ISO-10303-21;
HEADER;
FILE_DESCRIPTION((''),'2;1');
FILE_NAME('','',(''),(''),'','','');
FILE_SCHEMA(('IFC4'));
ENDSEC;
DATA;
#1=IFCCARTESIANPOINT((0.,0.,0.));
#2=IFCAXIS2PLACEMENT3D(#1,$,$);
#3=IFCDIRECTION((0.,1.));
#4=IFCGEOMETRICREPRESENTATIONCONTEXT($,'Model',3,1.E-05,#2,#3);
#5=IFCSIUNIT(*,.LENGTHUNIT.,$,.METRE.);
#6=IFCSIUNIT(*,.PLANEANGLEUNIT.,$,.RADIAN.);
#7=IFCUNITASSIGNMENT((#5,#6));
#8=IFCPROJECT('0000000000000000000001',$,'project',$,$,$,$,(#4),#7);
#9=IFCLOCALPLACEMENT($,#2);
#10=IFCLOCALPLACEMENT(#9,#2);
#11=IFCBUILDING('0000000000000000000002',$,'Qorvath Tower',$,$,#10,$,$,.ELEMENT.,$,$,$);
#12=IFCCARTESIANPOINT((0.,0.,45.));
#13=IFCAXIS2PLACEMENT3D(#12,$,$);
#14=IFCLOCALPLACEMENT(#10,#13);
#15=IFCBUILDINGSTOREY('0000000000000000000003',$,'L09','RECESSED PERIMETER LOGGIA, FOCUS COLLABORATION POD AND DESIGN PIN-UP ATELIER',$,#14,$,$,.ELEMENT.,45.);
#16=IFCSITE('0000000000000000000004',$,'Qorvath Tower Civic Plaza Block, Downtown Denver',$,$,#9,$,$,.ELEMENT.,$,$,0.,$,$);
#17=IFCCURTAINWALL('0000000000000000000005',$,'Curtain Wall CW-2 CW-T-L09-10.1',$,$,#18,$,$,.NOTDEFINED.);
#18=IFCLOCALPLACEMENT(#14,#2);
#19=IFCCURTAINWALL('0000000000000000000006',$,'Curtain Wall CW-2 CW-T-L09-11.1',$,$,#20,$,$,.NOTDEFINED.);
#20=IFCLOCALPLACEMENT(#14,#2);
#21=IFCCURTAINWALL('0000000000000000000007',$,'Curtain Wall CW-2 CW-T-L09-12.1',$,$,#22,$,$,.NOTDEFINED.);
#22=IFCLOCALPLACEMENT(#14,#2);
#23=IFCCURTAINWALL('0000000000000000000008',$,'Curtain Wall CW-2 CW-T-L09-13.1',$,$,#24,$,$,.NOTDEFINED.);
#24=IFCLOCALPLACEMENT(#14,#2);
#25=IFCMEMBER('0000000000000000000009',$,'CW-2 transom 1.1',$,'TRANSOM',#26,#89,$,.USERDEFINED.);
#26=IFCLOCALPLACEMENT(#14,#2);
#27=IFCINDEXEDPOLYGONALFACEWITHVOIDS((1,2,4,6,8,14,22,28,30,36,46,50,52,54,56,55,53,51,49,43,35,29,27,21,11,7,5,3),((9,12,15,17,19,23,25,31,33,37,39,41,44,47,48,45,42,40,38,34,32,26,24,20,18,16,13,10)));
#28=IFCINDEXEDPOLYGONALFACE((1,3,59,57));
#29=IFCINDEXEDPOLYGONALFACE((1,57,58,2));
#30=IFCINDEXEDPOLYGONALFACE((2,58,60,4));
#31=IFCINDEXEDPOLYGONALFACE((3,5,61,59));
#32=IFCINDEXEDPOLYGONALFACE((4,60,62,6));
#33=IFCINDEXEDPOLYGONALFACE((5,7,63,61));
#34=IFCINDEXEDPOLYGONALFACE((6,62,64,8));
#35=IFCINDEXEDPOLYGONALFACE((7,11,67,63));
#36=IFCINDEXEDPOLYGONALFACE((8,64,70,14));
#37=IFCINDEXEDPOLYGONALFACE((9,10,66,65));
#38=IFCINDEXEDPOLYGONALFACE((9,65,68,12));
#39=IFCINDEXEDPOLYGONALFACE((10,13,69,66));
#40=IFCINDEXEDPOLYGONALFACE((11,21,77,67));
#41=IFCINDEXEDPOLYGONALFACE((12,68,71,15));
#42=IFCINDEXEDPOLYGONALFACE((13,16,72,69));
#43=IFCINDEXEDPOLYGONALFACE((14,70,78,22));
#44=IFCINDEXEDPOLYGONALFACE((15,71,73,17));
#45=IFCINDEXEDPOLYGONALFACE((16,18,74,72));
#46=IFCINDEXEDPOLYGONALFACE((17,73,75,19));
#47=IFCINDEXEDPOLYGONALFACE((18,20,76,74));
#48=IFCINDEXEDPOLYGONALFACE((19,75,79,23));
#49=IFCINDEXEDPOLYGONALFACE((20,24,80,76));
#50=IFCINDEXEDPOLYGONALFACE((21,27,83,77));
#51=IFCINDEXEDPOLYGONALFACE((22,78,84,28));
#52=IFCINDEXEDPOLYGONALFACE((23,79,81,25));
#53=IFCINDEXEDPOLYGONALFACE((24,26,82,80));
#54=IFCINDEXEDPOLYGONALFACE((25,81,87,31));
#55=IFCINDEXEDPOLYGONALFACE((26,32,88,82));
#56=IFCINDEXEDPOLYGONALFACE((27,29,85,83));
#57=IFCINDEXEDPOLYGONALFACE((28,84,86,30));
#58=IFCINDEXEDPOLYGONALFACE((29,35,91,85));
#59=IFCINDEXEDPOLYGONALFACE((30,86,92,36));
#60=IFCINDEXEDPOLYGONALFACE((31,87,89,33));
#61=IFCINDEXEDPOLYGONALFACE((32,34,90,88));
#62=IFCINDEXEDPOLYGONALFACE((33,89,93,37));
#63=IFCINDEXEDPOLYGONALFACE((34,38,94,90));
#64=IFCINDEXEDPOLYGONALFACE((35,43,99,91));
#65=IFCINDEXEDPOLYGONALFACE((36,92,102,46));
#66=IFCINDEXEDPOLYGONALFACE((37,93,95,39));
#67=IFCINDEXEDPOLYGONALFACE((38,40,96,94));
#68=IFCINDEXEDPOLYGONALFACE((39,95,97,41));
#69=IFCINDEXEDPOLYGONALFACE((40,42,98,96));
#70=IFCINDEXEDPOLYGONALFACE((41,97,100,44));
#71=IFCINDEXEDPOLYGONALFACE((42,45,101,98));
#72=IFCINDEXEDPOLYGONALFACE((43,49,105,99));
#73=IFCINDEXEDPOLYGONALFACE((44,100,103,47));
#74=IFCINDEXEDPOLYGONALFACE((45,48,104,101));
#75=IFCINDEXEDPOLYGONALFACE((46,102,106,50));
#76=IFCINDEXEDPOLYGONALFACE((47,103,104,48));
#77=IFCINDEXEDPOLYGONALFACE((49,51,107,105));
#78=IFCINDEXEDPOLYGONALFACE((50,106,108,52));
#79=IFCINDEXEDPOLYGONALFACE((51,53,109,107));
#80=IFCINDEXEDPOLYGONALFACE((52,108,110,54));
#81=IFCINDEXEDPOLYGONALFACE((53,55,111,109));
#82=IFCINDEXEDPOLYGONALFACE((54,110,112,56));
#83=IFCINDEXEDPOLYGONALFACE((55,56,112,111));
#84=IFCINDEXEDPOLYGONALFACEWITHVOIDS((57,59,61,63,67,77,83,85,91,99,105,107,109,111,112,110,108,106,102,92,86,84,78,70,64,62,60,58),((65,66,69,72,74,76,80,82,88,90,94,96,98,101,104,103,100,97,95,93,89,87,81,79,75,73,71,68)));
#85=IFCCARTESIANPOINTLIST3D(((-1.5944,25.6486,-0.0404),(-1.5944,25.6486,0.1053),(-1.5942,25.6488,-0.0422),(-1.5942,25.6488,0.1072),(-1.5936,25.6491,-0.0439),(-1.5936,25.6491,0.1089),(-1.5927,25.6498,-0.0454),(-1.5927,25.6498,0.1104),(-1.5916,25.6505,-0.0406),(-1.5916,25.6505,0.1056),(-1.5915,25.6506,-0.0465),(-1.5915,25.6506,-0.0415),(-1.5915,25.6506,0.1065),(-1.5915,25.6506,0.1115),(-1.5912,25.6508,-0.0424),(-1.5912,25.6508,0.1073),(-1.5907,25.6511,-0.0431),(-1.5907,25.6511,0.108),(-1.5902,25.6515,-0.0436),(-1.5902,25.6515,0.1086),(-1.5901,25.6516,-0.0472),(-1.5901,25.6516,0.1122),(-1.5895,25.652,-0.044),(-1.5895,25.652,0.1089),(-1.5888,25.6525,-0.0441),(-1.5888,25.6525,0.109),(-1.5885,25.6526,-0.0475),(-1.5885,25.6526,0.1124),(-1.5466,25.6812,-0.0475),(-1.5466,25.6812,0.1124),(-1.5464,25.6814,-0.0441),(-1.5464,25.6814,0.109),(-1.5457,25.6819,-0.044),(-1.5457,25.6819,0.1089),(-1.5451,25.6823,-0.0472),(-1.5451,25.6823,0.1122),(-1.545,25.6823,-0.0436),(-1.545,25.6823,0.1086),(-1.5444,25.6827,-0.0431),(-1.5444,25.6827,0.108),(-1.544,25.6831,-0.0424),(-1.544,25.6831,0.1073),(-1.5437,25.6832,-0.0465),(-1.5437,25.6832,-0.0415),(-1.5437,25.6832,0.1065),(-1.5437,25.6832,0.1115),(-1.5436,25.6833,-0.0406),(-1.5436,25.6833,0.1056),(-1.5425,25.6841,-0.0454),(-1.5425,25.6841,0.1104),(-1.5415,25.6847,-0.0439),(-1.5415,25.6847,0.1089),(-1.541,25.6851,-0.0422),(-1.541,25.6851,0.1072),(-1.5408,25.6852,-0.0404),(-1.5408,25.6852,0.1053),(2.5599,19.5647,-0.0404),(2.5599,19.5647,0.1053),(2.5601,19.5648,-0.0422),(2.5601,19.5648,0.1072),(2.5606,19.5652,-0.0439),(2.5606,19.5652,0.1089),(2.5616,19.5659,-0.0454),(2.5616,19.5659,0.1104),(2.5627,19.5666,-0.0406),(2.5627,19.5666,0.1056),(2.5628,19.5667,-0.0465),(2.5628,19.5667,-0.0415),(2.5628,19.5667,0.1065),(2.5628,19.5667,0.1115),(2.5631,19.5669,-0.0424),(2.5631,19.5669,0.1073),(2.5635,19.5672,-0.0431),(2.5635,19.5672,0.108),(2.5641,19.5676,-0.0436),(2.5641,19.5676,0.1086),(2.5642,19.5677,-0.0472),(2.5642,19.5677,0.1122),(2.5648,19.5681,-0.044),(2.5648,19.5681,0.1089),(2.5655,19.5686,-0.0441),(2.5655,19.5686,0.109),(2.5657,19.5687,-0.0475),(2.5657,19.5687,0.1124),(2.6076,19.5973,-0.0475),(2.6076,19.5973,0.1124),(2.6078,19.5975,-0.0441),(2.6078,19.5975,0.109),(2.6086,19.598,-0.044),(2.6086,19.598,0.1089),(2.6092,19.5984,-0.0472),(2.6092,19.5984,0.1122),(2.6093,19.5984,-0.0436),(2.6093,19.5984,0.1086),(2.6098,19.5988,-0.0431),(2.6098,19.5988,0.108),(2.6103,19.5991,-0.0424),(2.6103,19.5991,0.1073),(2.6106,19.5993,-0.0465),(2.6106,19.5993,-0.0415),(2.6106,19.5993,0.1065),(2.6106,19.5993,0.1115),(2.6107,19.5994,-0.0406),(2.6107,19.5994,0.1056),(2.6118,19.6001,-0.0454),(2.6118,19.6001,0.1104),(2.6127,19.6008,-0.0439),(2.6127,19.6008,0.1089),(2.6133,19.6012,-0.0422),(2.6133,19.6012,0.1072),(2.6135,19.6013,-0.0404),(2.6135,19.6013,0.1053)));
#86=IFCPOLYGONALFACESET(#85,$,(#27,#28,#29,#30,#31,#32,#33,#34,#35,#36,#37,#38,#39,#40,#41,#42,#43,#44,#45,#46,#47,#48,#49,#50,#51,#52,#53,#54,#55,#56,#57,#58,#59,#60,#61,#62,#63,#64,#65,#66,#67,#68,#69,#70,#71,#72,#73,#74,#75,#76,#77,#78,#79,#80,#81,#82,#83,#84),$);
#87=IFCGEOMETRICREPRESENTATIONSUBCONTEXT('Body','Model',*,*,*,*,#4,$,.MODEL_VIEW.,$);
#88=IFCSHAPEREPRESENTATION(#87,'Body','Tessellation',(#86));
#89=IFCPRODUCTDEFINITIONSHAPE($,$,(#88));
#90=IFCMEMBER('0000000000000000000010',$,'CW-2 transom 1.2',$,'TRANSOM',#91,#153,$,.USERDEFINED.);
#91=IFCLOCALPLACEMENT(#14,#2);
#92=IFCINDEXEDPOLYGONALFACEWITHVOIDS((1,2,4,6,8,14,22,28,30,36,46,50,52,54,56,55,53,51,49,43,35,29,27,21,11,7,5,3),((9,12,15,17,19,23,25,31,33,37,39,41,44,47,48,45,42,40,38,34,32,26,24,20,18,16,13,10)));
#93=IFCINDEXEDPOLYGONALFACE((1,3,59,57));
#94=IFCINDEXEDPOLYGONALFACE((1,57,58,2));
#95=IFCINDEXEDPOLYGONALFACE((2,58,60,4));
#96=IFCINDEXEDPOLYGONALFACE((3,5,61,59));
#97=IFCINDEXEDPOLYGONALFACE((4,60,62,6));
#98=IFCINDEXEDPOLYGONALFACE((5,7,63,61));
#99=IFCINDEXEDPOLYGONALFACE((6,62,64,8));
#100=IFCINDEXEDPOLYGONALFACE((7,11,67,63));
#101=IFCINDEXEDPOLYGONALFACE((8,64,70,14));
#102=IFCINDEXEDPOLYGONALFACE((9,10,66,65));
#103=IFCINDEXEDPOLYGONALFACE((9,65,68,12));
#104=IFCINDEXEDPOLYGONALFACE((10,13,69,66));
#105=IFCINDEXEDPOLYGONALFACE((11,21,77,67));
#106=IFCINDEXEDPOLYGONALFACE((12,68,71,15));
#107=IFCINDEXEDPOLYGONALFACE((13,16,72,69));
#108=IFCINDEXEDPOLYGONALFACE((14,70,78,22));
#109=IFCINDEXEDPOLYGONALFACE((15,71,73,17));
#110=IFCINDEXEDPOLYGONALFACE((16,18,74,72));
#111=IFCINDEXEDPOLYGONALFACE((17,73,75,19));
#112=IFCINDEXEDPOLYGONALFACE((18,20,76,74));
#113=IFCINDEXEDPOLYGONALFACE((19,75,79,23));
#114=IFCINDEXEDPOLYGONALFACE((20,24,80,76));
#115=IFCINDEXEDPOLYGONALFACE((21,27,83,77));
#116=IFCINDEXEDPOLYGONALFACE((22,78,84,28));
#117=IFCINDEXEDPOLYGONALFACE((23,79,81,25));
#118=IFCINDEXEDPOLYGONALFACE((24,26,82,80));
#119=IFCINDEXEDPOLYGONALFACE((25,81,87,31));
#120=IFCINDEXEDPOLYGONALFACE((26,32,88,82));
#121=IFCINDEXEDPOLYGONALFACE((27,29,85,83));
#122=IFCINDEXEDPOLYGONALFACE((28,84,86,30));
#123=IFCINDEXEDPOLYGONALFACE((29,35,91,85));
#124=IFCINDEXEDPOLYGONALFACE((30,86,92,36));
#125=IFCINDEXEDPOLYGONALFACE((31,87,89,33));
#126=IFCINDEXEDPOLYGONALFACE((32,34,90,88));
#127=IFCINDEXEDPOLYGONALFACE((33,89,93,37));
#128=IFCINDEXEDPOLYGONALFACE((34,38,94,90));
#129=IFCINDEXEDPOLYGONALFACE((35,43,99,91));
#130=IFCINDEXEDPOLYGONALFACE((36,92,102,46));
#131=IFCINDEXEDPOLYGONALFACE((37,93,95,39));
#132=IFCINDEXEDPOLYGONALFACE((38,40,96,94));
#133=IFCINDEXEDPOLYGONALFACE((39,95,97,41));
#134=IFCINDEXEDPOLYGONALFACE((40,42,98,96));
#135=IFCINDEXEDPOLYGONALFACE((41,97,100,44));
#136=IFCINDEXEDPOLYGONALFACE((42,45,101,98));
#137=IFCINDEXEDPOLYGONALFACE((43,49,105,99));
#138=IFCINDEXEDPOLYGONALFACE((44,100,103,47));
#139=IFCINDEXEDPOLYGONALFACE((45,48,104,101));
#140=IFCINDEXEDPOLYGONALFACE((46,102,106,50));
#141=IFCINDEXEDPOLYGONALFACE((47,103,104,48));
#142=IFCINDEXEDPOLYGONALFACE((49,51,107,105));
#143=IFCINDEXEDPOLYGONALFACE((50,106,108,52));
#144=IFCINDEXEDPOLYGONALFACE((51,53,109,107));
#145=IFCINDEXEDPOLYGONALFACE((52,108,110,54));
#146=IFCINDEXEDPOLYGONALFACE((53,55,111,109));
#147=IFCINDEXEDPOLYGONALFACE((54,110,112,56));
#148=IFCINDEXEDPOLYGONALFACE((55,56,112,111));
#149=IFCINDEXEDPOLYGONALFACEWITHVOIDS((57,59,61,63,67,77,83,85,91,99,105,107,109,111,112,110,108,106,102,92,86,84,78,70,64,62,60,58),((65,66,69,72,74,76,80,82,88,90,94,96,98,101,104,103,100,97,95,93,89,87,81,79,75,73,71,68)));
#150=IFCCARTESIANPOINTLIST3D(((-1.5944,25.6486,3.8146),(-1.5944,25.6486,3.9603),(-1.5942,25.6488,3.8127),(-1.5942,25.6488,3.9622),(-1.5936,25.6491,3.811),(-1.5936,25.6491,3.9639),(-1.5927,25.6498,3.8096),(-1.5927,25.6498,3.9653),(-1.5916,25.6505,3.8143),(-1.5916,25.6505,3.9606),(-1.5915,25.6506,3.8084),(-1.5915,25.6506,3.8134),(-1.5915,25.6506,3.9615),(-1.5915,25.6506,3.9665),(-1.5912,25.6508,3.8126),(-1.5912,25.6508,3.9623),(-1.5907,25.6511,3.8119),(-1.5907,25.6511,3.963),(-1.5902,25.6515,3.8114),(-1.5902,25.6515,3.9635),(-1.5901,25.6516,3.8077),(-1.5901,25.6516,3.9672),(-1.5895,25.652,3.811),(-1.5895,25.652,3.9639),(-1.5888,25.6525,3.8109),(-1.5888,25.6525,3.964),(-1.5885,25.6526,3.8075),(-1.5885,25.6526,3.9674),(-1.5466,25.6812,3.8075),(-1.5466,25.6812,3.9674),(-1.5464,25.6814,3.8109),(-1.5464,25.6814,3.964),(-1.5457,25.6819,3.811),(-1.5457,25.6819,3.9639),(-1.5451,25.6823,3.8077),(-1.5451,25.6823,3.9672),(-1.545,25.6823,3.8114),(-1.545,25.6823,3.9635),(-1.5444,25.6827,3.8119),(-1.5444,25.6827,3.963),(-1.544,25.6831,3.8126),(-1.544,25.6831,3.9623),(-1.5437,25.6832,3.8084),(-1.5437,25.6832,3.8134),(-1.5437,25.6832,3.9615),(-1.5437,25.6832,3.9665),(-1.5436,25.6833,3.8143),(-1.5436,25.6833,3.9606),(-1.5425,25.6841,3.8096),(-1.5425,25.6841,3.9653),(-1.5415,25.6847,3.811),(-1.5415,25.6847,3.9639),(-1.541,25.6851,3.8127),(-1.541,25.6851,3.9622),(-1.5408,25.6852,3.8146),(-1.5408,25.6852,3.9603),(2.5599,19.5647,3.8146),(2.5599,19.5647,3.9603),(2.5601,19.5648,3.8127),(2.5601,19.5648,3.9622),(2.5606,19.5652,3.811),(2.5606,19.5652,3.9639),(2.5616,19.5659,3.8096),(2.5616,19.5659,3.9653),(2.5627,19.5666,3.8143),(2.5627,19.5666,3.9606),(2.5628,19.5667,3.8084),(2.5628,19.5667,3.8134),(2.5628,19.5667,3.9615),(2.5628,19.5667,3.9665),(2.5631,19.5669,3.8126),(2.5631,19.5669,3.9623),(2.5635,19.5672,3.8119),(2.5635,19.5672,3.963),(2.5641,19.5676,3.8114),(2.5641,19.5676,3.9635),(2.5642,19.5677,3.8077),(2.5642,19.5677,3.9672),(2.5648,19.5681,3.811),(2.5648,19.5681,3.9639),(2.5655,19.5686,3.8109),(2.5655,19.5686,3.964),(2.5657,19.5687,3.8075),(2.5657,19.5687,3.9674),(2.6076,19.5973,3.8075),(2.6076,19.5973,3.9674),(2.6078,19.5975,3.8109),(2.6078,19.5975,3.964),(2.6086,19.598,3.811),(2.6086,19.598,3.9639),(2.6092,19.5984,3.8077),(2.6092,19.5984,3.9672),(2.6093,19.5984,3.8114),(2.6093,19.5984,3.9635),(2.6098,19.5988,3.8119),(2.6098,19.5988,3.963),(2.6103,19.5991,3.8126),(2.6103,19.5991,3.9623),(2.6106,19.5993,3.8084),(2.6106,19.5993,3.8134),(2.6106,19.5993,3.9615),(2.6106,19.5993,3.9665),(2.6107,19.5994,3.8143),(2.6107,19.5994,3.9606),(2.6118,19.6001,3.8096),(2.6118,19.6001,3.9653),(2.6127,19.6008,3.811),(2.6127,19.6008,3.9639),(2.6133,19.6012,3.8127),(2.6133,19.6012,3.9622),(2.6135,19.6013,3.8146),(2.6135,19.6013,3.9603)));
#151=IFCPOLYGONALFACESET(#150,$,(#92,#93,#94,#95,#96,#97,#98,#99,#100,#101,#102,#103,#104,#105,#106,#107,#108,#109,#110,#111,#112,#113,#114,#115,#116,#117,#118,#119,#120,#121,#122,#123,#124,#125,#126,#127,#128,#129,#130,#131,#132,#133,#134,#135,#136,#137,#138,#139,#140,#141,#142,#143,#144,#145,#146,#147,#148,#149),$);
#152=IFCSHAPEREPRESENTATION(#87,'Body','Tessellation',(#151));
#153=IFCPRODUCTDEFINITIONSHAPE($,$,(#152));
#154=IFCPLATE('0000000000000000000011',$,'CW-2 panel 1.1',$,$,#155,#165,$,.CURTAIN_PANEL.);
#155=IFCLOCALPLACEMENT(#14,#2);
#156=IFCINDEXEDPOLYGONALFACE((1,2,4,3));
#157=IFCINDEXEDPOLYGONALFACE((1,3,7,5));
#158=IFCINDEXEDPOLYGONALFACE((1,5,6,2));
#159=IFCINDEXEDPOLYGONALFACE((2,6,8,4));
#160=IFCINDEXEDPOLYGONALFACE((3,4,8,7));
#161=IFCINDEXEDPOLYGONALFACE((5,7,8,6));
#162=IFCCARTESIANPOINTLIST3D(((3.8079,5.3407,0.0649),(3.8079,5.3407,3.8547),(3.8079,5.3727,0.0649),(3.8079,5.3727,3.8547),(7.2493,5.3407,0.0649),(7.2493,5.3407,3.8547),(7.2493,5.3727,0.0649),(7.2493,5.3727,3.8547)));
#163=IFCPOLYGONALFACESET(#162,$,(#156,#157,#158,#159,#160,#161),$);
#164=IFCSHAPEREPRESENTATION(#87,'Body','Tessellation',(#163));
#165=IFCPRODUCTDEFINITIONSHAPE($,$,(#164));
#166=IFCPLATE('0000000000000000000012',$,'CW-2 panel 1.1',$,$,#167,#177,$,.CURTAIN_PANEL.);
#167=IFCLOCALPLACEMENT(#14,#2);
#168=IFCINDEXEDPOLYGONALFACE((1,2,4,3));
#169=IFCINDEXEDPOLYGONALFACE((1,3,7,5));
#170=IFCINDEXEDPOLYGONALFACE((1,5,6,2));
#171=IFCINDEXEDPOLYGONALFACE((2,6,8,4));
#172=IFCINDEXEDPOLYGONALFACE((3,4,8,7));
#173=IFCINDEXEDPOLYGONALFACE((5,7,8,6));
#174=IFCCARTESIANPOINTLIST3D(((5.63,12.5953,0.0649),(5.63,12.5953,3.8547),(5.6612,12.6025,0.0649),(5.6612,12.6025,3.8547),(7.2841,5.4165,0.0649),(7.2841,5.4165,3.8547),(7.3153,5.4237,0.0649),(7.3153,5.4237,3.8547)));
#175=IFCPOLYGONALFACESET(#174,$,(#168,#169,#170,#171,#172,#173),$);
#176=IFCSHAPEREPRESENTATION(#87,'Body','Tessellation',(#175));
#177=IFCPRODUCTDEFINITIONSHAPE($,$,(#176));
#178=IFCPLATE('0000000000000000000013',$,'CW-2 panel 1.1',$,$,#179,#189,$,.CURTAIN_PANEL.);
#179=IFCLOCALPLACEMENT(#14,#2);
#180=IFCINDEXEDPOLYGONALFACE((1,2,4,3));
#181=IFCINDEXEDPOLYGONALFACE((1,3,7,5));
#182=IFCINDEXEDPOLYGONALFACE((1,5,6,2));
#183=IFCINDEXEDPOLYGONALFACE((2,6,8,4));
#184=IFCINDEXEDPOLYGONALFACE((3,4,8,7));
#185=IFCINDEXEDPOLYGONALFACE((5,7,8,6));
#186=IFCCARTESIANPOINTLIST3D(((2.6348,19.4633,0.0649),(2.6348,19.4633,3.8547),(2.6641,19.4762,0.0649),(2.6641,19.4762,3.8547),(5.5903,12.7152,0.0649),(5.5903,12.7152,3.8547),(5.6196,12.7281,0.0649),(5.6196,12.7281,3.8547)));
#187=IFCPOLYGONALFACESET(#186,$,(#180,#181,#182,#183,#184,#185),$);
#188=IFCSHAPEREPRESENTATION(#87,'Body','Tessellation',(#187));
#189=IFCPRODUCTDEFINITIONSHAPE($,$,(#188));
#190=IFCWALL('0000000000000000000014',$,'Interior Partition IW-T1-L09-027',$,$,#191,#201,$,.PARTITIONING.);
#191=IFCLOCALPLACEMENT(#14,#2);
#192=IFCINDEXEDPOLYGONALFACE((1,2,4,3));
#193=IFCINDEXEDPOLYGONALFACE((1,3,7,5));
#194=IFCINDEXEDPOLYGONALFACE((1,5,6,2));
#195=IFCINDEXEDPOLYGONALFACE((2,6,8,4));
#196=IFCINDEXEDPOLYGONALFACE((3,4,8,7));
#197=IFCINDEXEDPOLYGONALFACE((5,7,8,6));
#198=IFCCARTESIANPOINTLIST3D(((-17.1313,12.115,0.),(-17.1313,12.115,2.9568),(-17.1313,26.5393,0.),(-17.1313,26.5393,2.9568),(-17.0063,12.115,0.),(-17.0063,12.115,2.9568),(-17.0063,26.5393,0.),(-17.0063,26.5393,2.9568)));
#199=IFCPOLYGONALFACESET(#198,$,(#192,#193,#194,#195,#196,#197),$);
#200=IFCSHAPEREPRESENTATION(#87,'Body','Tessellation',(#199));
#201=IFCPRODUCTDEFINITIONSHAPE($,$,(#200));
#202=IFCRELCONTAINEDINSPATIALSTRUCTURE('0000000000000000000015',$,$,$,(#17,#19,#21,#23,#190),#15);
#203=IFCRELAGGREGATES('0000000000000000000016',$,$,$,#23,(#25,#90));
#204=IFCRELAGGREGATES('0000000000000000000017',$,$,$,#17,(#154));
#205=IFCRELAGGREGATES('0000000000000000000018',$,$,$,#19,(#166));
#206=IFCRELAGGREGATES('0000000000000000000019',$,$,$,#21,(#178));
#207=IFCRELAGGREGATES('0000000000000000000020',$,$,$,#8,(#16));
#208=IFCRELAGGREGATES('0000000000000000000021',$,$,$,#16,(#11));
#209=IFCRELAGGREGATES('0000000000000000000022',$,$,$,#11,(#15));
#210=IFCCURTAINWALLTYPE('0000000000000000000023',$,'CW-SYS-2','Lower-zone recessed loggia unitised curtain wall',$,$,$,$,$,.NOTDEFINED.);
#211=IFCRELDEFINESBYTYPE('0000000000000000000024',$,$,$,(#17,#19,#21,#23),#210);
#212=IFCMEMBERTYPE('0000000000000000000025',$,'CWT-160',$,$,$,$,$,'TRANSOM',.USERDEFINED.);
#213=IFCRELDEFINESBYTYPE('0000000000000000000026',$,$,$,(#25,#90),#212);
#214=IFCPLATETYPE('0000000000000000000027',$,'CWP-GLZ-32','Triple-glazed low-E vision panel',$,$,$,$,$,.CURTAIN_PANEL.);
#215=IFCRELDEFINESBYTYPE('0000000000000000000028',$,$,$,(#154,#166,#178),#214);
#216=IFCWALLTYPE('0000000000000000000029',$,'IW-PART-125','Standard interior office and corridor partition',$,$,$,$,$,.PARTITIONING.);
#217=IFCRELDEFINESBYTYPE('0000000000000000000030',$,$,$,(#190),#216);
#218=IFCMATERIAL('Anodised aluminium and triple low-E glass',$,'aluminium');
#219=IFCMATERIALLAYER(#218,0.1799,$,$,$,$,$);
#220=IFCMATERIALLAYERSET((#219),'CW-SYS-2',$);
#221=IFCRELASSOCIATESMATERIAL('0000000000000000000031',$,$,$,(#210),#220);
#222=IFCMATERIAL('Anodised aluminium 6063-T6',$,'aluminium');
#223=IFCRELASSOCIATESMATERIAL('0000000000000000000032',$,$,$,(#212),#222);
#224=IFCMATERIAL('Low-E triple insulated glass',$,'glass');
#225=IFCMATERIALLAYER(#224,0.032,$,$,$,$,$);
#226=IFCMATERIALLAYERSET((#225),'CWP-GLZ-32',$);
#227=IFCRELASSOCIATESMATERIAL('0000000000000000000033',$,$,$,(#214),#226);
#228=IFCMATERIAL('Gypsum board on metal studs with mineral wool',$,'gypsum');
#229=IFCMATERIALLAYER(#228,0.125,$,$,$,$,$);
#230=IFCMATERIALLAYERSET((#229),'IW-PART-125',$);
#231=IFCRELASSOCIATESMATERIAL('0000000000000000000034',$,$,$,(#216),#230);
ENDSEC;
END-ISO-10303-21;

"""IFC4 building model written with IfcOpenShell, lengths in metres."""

from ifc_helpers import new_model, si_unit, direction, frame, frame_2d, origin, origin_2d, place, context, subcontext, project, spatial, rectangle, hollow_rectangle, extrude, material, layer, layer_set, material_profile, profile_set, type_object, element, aggregate, save


model = new_model("IFC4")

# Units and contexts
model_context = context("Model", 3, precision=1e-05, world=origin(), true_north=direction((0.0, 1.0)))
body_context = subcontext(model_context, "Body", "Model", "MODEL_VIEW")
ifc_project = project(units=[si_unit("LENGTHUNIT", "METRE"), si_unit("PLANEANGLEUNIT", "RADIAN")], contexts=[model_context])

# Site, building, storey
site_placement = place(None, origin())
site = spatial("IfcSite", under=ifc_project, at=site_placement, Name="Qorvath Tower Civic Plaza Block, Downtown Denver", CompositionType="ELEMENT", RefElevation=0.0)
building_placement = place(site_placement, origin())
building = spatial("IfcBuilding", under=site, at=building_placement, Name="Qorvath Tower", CompositionType="ELEMENT")
storey_placement = place(building_placement, frame((0.0, 0.0, 45.0)))
storey = spatial("IfcBuildingStorey", under=building, at=storey_placement, Name="L09", Description="RECESSED PERIMETER LOGGIA, FOCUS COLLABORATION POD AND DESIGN PIN-UP ATELIER", CompositionType="ELEMENT", Elevation=45.0)

# Curtain wall
ifc_material_1 = material(Name="Anodised aluminium and triple low-E glass", Category="aluminium")
ifc_layer_1 = layer(ifc_material_1, 0.1799)
ifc_layer_set_1 = layer_set([ifc_layer_1], Name="CW-SYS-2")
curtain_wall_type = type_object("IfcCurtainWallType", Name="CW-SYS-2", Description="Lower-zone recessed loggia unitised curtain wall", PredefinedType="NOTDEFINED", material=ifc_layer_set_1)
curtain_wall_1_placement = place(storey_placement, origin())
curtain_wall_1 = element("IfcCurtainWall", 1, at=curtain_wall_1_placement, inside=storey, type_object=curtain_wall_type, Name="Curtain Wall CW-2 CW-T-L09-10.1", PredefinedType="NOTDEFINED")

# Curtain walls
curtain_wall_2_placement = place(storey_placement, origin())
curtain_wall_2 = element("IfcCurtainWall", 2, at=curtain_wall_2_placement, inside=storey, type_object=curtain_wall_type, Name="Curtain Wall CW-2 CW-T-L09-11.1", PredefinedType="NOTDEFINED")
curtain_wall_3_placement = place(storey_placement, origin())
curtain_wall_3 = element("IfcCurtainWall", 3, at=curtain_wall_3_placement, inside=storey, type_object=curtain_wall_type, Name="Curtain Wall CW-2 CW-T-L09-12.1", PredefinedType="NOTDEFINED")

# Curtain wall
curtain_wall_4_placement = place(storey_placement, origin())
curtain_wall_4 = element("IfcCurtainWall", 4, at=curtain_wall_4_placement, inside=storey, type_object=curtain_wall_type, Name="Curtain Wall CW-2 CW-T-L09-13.1", PredefinedType="NOTDEFINED")

# Members
ifc_material_2 = material(Name="Anodised aluminium 6063-T6", Category="aluminium")
ifc_material_profile_1 = material_profile(ifc_material_2, hollow_rectangle(XDim=0.0649, YDim=0.1599, WallThickness=0.0034, InnerFilletRadius=0.0034, OuterFilletRadius=0.0071, at=origin_2d()), Name="CWT 160x65")
ifc_profile_set_1 = profile_set([ifc_material_profile_1], Name="Anodised aluminium 6063-T6")
member_type_1 = type_object("IfcMemberType", Name="CWT-160", ElementType="TRANSOM", PredefinedType="USERDEFINED", material=ifc_profile_set_1)
member_1_placement = place(storey_placement, frame((2.5867, 19.583, 0.0325), z_axis=(-0.563904, 0.82584, 0.0), x_axis=(-0.82584, -0.563904, 0.0)))
member_1 = element("IfcMember", 5, at=member_1_placement, type_object=member_type_1, Name="CW-2 transom 1.1", ObjectType="TRANSOM", PredefinedType="USERDEFINED", context=body_context, shape_type="SweptSolid", body=[
    extrude(hollow_rectangle(XDim=0.0649, YDim=0.1599, WallThickness=0.0034, InnerFilletRadius=0.0034, OuterFilletRadius=0.0071, at=origin_2d()), origin(), (0.0, 0.0, 1.0), 7.3669),
])
member_2_placement = place(storey_placement, frame((2.5867, 19.583, 3.8875), z_axis=(-0.563904, 0.82584, 0.0), x_axis=(-0.82584, -0.563904, 0.0)))
member_2 = element("IfcMember", 6, at=member_2_placement, type_object=member_type_1, Name="CW-2 transom 1.2", ObjectType="TRANSOM", PredefinedType="USERDEFINED", context=body_context, shape_type="SweptSolid", body=[
    extrude(hollow_rectangle(XDim=0.0649, YDim=0.1599, WallThickness=0.0034, InnerFilletRadius=0.0034, OuterFilletRadius=0.0071, at=origin_2d()), origin(), (0.0, 0.0, 1.0), 7.3669),
])
aggregate(curtain_wall_4, [member_1, member_2])

# Plates
ifc_material_3 = material(Name="Low-E triple insulated glass", Category="glass")
ifc_layer_2 = layer(ifc_material_3, 0.032)
ifc_layer_set_2 = layer_set([ifc_layer_2], Name="CWP-GLZ-32")
plate_type = type_object("IfcPlateType", Name="CWP-GLZ-32", Description="Triple-glazed low-E vision panel", PredefinedType="CURTAIN_PANEL", material=ifc_layer_set_2)
plate_1_placement = place(storey_placement, frame((5.5286, 5.3567, 0.0649), z_axis=(0.0, 0.0, 1.0), x_axis=(1.0, 0.0, 0.0)))
plate_1 = element("IfcPlate", 7, at=plate_1_placement, type_object=plate_type, Name="CW-2 panel 1.1", PredefinedType="CURTAIN_PANEL", context=body_context, shape_type="SweptSolid", body=[
    extrude(rectangle(XDim=3.4414, YDim=0.032, at=origin_2d()), origin(), (0.0, 0.0, 1.0), 3.7898),
])
aggregate(curtain_wall_1, [plate_1])
plate_2_placement = place(storey_placement, frame((6.4727, 9.0095, 0.0649), z_axis=(0.0, 0.0, 1.0), x_axis=(-0.224535, 0.974466, 0.0)))
plate_2 = element("IfcPlate", 8, at=plate_2_placement, type_object=plate_type, Name="CW-2 panel 1.1", PredefinedType="CURTAIN_PANEL", context=body_context, shape_type="SweptSolid", body=[
    extrude(rectangle(XDim=7.3669, YDim=0.032, at=origin_2d()), origin(), (0.0, 0.0, 1.0), 3.7898),
])
aggregate(curtain_wall_2, [plate_2])
plate_3_placement = place(storey_placement, frame((4.1272, 16.0957, 0.0649), z_axis=(0.0, 0.0, 1.0), x_axis=(-0.401177, 0.916001, 0.0)))
plate_3 = element("IfcPlate", 9, at=plate_3_placement, type_object=plate_type, Name="CW-2 panel 1.1", PredefinedType="CURTAIN_PANEL", context=body_context, shape_type="SweptSolid", body=[
    extrude(rectangle(XDim=7.3669, YDim=0.032, at=origin_2d()), origin(), (0.0, 0.0, 1.0), 3.7898),
])
aggregate(curtain_wall_3, [plate_3])

# Wall
ifc_material_4 = material(Name="Gypsum board on metal studs with mineral wool", Category="gypsum")
ifc_layer_3 = layer(ifc_material_4, 0.125)
ifc_layer_set_3 = layer_set([ifc_layer_3], Name="IW-PART-125")
wall_type_1 = type_object("IfcWallType", Name="IW-PART-125", Description="Standard interior office and corridor partition", PredefinedType="PARTITIONING", material=ifc_layer_set_3)
wall_1_placement = place(storey_placement, frame((-17.0688, 12.115, 0.0), z_axis=(0.0, 0.0, 1.0), x_axis=(0.0, 1.0, 0.0)))
element("IfcWall", 10, at=wall_1_placement, inside=storey, type_object=wall_type_1, Name="Interior Partition IW-T1-L09-027", PredefinedType="PARTITIONING", context=body_context, shape_type="SweptSolid", body=[
    extrude(rectangle(XDim=14.4243, YDim=0.125, at=frame_2d((7.2122, 0.0))), origin(), (0.0, 0.0, 1.0), 2.9568),
])

save(model, "model.ifc")
